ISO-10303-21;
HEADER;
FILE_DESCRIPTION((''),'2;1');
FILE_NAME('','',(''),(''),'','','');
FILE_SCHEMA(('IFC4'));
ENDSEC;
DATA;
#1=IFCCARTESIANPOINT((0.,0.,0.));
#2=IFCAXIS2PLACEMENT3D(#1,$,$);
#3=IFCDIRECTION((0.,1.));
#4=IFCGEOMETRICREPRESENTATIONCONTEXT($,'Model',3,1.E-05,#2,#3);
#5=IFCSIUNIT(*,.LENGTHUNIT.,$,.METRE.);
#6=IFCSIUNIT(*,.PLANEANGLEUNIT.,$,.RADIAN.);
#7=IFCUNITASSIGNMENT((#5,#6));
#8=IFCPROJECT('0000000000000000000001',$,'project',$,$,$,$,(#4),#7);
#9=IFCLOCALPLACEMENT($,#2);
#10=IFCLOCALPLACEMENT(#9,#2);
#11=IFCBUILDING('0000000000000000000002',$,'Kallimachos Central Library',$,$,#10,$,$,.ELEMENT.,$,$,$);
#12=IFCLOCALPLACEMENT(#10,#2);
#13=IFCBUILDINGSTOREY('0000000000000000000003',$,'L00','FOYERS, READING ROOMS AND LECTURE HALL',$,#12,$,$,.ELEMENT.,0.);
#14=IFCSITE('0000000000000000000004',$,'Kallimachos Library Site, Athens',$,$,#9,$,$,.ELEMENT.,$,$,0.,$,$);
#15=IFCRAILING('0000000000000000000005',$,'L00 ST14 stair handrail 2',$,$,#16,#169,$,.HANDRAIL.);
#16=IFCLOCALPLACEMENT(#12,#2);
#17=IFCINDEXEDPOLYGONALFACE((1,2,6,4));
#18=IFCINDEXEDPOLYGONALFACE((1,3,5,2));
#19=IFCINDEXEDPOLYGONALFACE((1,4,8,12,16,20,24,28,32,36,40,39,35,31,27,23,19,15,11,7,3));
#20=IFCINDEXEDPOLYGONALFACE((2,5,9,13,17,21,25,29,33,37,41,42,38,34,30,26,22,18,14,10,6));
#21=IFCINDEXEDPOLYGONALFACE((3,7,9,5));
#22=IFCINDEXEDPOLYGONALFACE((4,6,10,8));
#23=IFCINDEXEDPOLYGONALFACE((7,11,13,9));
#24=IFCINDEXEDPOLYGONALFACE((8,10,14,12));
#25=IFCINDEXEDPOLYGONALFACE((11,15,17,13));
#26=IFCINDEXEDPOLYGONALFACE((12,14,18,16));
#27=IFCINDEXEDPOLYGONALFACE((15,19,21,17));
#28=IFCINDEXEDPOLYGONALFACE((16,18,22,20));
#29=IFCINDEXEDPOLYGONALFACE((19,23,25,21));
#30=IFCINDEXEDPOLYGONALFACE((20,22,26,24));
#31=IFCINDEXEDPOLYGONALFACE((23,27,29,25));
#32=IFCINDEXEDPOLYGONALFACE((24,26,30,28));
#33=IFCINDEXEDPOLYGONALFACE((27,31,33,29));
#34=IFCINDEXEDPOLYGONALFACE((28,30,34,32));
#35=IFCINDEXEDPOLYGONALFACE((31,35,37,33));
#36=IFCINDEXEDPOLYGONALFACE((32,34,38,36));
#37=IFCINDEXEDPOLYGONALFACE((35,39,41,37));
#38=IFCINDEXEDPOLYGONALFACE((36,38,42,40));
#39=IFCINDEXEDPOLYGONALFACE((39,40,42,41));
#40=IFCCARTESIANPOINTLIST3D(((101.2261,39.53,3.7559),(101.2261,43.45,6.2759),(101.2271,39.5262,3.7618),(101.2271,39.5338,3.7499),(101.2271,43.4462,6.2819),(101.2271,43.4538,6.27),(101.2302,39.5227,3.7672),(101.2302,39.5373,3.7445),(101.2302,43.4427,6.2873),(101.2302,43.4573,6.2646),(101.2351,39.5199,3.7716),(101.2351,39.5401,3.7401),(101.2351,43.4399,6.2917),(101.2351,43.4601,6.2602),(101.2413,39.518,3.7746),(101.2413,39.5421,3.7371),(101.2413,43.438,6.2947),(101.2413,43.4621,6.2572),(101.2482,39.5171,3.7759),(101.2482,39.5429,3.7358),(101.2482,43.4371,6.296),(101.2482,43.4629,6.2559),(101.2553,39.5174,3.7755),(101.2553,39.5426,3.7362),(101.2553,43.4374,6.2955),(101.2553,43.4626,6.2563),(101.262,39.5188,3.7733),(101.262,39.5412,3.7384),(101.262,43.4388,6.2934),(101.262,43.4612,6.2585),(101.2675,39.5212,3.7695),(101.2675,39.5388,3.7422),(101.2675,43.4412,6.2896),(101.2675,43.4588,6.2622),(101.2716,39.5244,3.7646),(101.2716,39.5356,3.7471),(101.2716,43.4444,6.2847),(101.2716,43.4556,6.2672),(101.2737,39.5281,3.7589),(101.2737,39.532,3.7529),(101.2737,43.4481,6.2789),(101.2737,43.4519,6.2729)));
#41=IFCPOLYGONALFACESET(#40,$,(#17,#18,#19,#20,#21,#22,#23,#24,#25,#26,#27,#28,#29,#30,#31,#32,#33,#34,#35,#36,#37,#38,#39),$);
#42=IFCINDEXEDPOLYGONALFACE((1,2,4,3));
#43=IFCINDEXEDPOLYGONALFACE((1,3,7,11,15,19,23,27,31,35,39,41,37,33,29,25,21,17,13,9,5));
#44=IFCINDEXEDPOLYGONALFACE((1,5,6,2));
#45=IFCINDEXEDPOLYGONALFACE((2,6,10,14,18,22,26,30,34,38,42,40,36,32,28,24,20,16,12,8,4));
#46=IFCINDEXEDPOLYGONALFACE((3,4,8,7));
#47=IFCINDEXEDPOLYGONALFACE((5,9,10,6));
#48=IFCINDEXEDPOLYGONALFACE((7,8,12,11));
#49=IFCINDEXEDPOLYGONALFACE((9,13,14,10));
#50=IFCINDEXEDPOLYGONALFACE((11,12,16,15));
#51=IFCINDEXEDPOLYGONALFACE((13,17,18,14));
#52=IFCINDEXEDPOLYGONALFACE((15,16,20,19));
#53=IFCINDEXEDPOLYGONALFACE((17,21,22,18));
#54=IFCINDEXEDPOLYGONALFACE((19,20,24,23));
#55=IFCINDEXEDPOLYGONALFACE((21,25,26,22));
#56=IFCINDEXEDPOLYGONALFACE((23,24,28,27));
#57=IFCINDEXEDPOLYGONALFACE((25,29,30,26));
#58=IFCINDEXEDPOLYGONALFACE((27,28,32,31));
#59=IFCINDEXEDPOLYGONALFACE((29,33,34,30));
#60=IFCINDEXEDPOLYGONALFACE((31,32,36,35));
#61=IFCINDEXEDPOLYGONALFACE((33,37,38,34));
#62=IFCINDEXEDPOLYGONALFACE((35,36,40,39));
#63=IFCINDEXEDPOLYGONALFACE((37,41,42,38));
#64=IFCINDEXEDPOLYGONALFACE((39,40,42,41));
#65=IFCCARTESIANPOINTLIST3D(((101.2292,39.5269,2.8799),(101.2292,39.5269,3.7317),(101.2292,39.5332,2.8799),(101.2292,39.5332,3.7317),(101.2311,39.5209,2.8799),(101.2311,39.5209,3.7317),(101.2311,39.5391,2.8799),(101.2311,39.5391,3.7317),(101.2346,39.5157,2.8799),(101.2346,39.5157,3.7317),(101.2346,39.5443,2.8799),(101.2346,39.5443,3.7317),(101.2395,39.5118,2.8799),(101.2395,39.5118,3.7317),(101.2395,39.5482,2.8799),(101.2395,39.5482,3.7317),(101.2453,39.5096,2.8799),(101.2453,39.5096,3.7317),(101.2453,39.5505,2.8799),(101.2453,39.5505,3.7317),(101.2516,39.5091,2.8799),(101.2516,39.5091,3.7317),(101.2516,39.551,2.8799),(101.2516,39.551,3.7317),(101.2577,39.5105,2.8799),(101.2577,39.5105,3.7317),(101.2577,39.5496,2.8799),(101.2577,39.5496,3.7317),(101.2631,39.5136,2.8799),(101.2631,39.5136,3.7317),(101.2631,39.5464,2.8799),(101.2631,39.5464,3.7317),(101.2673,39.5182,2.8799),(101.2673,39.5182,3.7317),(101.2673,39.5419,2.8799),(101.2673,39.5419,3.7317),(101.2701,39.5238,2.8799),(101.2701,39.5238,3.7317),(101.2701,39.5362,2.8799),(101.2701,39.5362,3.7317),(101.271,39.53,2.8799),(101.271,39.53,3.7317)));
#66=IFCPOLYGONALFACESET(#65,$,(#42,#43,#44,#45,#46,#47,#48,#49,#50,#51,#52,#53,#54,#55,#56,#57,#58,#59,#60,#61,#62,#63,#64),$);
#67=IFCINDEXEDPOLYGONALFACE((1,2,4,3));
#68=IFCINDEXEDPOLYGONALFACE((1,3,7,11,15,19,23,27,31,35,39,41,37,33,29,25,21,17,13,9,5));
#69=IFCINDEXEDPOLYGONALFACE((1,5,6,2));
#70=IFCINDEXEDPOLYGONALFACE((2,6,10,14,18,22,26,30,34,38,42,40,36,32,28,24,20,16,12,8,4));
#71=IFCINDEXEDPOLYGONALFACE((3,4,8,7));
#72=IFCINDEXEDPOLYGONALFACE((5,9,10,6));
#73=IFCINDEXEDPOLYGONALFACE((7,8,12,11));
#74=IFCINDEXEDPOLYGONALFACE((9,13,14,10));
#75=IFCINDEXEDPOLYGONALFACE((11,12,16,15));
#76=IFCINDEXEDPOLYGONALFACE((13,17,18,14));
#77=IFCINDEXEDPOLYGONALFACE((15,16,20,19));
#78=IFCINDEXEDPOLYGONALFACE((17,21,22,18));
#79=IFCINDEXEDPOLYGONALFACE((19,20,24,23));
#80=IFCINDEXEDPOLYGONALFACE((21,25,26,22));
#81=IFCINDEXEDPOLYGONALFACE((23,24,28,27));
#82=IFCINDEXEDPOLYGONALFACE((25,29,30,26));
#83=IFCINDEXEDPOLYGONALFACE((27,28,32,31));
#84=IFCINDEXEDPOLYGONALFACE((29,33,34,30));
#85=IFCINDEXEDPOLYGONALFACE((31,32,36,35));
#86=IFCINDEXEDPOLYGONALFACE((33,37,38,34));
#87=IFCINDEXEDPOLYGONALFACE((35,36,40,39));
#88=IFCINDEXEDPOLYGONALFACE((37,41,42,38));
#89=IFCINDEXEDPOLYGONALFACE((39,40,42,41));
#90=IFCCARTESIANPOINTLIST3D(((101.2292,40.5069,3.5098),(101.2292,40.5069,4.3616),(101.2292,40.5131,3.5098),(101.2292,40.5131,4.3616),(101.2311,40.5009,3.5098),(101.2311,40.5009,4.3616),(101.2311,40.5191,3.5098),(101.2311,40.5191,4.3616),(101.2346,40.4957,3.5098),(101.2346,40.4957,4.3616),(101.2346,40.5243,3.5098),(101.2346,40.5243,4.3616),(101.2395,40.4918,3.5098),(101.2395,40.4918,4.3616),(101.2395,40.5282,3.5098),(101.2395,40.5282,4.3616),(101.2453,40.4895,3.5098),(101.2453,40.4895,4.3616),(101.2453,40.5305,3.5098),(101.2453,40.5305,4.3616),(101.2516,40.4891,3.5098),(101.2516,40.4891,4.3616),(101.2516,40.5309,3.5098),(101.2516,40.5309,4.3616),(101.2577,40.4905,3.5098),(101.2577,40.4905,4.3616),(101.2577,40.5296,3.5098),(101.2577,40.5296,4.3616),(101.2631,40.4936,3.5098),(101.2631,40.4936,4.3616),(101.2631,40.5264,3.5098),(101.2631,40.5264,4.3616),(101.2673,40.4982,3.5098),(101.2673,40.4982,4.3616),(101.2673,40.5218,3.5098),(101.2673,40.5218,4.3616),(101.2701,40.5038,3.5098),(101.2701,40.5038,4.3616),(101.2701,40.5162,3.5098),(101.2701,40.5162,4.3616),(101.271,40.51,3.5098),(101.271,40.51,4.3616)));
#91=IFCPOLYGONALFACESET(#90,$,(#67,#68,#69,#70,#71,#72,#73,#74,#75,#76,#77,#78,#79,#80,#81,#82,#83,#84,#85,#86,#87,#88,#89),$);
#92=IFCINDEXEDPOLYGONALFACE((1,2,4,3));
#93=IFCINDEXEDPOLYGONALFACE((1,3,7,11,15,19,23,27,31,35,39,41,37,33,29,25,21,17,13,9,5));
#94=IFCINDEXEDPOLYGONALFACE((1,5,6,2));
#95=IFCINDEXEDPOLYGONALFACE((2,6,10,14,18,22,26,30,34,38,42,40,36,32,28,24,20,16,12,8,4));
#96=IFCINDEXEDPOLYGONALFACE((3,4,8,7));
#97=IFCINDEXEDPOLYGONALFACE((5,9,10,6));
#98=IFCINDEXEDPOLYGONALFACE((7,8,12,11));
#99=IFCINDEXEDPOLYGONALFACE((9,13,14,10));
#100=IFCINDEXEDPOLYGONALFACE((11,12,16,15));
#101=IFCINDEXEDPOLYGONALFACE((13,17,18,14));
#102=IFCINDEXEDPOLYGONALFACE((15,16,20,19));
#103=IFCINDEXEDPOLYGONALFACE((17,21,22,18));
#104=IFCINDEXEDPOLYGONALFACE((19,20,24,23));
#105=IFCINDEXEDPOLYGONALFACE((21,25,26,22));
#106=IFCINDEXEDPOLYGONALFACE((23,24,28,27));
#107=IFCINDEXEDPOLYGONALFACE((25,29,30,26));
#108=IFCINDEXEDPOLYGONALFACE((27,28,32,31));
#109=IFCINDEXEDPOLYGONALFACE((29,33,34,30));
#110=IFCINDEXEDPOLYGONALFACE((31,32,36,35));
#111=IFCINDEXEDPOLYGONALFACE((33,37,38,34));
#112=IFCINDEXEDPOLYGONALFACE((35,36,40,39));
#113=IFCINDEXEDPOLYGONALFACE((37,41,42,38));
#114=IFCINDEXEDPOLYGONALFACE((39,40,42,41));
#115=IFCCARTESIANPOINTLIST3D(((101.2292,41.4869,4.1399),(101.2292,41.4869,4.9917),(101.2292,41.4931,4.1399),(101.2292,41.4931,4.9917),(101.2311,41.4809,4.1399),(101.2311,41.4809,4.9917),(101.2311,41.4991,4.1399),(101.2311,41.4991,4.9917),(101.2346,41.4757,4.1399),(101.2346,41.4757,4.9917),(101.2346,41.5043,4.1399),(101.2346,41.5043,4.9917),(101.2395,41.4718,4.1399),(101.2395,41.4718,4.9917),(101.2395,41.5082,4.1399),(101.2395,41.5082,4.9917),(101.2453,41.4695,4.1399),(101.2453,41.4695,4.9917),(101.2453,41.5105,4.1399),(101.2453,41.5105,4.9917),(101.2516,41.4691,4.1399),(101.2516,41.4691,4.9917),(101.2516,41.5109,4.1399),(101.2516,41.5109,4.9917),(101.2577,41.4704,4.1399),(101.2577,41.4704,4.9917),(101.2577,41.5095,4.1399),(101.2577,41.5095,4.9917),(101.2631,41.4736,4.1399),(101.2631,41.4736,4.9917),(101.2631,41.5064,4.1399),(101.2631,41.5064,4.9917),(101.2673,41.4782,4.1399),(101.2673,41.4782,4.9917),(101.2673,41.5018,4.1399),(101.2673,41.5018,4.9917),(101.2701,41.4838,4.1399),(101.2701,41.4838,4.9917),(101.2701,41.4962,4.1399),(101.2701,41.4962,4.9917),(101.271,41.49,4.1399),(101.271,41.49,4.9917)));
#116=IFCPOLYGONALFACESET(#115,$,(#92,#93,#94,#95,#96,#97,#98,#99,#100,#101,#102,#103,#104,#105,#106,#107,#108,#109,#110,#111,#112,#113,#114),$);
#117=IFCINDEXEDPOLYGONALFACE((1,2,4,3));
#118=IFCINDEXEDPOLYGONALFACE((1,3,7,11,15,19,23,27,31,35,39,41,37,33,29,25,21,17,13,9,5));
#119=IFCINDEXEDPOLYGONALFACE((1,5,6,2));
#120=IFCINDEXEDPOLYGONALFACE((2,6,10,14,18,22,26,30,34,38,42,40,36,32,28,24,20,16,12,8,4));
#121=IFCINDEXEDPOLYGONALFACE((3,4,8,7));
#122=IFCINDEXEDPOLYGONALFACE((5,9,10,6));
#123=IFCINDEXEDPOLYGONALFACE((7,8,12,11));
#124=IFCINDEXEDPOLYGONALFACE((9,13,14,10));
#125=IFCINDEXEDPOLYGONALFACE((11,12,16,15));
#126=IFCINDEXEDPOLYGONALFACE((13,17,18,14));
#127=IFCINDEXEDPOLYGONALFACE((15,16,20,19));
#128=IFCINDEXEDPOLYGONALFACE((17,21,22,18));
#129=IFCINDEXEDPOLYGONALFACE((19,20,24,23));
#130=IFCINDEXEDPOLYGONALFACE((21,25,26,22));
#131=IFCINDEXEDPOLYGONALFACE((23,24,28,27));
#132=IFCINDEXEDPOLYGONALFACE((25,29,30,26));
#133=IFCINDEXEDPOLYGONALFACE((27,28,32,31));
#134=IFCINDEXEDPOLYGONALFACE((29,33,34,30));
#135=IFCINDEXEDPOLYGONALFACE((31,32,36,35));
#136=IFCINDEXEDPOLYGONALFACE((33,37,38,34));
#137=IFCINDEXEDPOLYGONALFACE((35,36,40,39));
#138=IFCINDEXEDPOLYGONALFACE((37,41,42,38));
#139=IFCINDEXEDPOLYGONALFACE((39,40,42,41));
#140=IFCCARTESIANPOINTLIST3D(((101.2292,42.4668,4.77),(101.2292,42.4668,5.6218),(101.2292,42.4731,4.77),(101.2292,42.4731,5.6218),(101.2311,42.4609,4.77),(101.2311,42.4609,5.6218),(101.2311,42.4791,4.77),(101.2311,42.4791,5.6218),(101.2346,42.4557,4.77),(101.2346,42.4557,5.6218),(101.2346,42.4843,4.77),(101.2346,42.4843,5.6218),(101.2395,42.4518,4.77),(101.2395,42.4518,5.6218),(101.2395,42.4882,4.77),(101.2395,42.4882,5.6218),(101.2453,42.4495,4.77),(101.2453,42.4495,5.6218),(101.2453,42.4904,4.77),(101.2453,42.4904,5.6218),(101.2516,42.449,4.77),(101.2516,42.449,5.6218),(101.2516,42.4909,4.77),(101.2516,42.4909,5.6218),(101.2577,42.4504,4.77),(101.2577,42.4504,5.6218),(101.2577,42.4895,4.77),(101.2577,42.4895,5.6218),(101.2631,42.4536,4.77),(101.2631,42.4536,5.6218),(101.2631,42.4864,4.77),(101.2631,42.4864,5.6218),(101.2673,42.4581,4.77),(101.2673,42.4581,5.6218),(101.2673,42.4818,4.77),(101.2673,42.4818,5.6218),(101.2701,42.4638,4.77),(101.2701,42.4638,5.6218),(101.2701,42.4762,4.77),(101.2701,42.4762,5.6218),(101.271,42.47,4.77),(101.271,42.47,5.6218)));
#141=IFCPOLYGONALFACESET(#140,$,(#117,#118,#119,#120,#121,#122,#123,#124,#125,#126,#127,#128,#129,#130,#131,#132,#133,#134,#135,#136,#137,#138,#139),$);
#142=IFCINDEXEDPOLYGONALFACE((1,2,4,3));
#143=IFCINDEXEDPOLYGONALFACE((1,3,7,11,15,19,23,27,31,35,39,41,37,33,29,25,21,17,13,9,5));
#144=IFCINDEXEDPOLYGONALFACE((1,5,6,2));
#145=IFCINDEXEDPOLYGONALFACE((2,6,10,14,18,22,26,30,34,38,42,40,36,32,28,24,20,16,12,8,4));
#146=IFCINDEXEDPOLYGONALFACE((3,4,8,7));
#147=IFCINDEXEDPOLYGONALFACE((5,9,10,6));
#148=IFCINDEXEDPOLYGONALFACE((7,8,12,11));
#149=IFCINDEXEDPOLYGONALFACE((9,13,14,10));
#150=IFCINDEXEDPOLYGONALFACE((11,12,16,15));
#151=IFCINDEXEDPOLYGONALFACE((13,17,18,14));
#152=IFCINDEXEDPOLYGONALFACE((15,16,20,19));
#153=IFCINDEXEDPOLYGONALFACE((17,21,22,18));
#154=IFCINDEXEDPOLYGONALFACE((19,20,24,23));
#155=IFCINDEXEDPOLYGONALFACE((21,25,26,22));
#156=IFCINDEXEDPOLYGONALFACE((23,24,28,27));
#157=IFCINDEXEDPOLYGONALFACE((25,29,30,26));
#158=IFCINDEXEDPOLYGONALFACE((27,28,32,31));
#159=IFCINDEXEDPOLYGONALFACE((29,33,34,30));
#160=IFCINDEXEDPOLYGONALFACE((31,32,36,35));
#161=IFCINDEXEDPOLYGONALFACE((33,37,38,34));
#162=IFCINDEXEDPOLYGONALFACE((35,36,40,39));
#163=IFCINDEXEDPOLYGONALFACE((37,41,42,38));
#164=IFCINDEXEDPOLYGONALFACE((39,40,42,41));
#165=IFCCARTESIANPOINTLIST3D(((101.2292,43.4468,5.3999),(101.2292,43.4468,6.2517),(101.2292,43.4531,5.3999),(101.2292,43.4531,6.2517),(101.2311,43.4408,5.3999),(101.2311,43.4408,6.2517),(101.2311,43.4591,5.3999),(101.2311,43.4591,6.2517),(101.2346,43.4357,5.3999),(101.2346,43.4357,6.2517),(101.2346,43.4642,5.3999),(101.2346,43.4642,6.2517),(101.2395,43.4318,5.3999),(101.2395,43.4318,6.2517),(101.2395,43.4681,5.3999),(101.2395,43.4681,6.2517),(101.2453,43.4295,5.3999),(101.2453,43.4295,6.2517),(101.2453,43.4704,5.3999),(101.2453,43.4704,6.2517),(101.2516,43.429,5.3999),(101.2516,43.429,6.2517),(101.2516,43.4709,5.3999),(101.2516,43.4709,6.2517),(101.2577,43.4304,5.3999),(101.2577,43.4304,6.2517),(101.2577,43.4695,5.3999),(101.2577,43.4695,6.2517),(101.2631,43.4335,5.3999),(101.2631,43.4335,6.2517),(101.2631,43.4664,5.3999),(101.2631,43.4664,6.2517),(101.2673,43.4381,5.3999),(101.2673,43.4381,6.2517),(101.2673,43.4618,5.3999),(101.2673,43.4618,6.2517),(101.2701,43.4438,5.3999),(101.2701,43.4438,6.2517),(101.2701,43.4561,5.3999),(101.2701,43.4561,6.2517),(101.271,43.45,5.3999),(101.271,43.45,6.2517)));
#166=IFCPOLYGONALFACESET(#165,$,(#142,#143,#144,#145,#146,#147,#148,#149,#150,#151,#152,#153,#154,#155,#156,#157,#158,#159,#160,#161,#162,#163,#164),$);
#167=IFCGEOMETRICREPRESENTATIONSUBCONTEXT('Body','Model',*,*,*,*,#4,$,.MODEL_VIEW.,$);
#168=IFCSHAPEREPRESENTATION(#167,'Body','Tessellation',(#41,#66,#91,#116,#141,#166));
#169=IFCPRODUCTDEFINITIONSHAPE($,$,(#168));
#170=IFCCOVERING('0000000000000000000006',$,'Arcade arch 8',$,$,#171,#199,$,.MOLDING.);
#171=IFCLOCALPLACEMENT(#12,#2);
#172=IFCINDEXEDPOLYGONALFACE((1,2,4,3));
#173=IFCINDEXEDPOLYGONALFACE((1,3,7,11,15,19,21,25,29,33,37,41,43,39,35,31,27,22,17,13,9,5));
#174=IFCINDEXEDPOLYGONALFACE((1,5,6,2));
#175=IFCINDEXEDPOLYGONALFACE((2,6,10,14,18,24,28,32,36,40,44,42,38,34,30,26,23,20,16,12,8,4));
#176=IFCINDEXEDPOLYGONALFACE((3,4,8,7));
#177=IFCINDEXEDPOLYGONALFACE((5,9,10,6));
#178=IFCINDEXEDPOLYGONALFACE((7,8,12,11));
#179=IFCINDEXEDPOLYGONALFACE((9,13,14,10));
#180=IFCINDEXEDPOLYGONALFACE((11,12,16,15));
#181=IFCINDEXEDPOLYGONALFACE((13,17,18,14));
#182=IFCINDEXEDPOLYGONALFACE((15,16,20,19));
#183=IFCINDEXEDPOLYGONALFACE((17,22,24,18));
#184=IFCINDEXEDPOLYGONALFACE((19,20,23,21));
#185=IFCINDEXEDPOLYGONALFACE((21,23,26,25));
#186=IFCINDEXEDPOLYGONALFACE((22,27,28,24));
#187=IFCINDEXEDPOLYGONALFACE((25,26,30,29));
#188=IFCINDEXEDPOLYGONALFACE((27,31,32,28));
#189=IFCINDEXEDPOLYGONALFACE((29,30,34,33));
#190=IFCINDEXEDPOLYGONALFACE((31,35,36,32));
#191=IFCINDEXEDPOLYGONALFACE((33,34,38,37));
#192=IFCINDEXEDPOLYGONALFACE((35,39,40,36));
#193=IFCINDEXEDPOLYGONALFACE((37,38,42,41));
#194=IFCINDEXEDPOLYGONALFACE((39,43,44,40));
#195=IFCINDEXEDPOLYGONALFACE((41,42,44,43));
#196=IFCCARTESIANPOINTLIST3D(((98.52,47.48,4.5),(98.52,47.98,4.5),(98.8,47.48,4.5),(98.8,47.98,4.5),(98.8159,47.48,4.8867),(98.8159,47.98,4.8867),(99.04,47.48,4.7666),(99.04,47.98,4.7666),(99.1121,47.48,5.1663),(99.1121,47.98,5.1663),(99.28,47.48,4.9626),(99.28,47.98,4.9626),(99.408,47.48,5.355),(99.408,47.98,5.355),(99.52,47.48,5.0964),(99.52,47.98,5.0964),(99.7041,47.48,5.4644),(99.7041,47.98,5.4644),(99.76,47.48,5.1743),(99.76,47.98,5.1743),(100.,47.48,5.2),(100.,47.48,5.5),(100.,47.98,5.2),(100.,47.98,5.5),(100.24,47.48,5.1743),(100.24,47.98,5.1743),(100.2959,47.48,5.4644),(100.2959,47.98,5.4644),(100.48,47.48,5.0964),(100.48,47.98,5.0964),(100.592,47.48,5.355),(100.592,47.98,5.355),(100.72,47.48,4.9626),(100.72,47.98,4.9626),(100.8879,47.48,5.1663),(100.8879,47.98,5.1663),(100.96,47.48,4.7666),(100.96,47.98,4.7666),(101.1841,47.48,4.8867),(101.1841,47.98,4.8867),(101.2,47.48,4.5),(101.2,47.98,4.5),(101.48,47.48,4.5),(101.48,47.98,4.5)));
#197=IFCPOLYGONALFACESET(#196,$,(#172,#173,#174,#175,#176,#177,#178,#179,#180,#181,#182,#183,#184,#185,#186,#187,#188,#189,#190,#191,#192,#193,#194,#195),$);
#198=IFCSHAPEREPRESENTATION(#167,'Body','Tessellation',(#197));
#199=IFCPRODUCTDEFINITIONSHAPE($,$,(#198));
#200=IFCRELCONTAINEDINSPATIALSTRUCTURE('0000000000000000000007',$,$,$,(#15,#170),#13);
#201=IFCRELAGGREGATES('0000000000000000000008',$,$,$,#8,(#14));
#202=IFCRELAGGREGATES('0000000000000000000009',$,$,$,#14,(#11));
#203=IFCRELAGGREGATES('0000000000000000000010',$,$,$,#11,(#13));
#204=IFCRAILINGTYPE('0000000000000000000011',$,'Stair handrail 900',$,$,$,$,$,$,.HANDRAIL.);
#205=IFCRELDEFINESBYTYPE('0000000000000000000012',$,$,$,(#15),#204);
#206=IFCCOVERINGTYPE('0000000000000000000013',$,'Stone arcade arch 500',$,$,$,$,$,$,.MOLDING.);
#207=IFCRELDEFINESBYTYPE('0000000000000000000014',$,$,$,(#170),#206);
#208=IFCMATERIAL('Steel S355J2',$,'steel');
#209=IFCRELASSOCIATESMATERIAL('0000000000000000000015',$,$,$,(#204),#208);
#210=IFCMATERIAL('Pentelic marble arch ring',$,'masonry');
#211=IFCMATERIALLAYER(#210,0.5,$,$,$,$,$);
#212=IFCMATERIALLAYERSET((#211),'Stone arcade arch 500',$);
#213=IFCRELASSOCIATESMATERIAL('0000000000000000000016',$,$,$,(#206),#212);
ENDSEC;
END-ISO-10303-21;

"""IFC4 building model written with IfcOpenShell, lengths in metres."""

from ifc_helpers import new_model, si_unit, direction, frame, origin, origin_2d, place, context, subcontext, project, spatial, polyline, circle, outline, extrude, material, layer, layer_set, type_object, element, save


model = new_model("IFC4")

# Units and contexts
model_context = context("Model", 3, precision=1e-05, world=origin(), true_north=direction((0.0, 1.0)))
body_context = subcontext(model_context, "Body", "Model", "MODEL_VIEW")
ifc_project = project(units=[si_unit("LENGTHUNIT", "METRE"), si_unit("PLANEANGLEUNIT", "RADIAN")], contexts=[model_context])

# Site, building, storey
site_placement = place(None, origin())
site = spatial("IfcSite", under=ifc_project, at=site_placement, Name="Kallimachos Library Site, Athens", CompositionType="ELEMENT", RefElevation=0.0)
building_placement = place(site_placement, origin())
building = spatial("IfcBuilding", under=site, at=building_placement, Name="Kallimachos Central Library", CompositionType="ELEMENT")
storey_placement = place(building_placement, origin())
storey = spatial("IfcBuildingStorey", under=building, at=storey_placement, Name="L00", Description="FOYERS, READING ROOMS AND LECTURE HALL", CompositionType="ELEMENT", Elevation=0.0)

# Railing
ifc_material_1 = material(Name="Steel S355J2", Category="steel")
railing_type_1 = type_object("IfcRailingType", Name="Stair handrail 900", PredefinedType="HANDRAIL", material=ifc_material_1)
railing_1_placement = place(storey_placement, frame((101.25, 39.53, 2.8799)))
element("IfcRailing", 1, at=railing_1_placement, inside=storey, type_object=railing_type_1, Name="L00 ST14 stair handrail 2", PredefinedType="HANDRAIL", context=body_context, shape_type="SweptSolid", body=[
    extrude(circle(Radius=0.0239, at=origin_2d()), frame((0.0, 0.0, 0.876), z_axis=(0.0, 0.841172, 0.540768), x_axis=(-1.0, 0.0, 0.0)), (0.0, 0.0, 1.0), 4.6602),
    extrude(circle(Radius=0.021, at=origin_2d()), origin(), (0.0, 0.0, 1.0), 0.8518),
    extrude(circle(Radius=0.021, at=origin_2d()), frame((0.0, 0.98, 0.6299)), (0.0, 0.0, 1.0), 0.8518),
    extrude(circle(Radius=0.021, at=origin_2d()), frame((0.0, 1.96, 1.26)), (0.0, 0.0, 1.0), 0.8518),
    extrude(circle(Radius=0.021, at=origin_2d()), frame((0.0, 2.9399, 1.8901)), (0.0, 0.0, 1.0), 0.8518),
    extrude(circle(Radius=0.021, at=origin_2d()), frame((0.0, 3.9199, 2.52)), (0.0, 0.0, 1.0), 0.8518),
])

# Covering
ifc_material_2 = material(Name="Pentelic marble arch ring", Category="masonry")
ifc_layer_1 = layer(ifc_material_2, 0.5)
ifc_layer_set_1 = layer_set([ifc_layer_1], Name="Stone arcade arch 500")
covering_type_1 = type_object("IfcCoveringType", Name="Stone arcade arch 500", PredefinedType="MOLDING", material=ifc_layer_set_1)
for number, where, z_axis, x_axis, name in (
    (2, (98.52, 47.48, 4.5), (0.0, -1.0, 0.0), (1.0, 0.0, 0.0), "Arcade arch 8"),
):
    element("IfcCovering", number, at=place(storey_placement, frame(where, z_axis=z_axis, x_axis=x_axis)), inside=storey, type_object=covering_type_1, Name=name, PredefinedType="MOLDING", context=body_context, shape_type="SweptSolid", body=[
        extrude(outline(polyline([(0.0, 0.0), (0.28, 0.0), (0.28, 0.0), (0.52, 0.2666), (0.76, 0.4626), (1.0, 0.5964), (1.24, 0.6743), (1.48, 0.7), (1.72, 0.6743), (1.96, 0.5964), (2.2, 0.4626), (2.4399, 0.2666), (2.6799, 0.0), (2.6799, 0.0), (2.96, 0.0), (2.96, 0.0), (2.6641, 0.3867), (2.3679, 0.6663), (2.072, 0.855), (1.7759, 0.9644), (1.48, 1.0), (1.1841, 0.9644), (0.8879, 0.855), (0.592, 0.6663), (0.2959, 0.3867), (0.0, 0.0), (0.0, 0.0)])), origin(), (0.0, 0.0, -1.0), 0.5),
    ])

save(model, "model.ifc")
